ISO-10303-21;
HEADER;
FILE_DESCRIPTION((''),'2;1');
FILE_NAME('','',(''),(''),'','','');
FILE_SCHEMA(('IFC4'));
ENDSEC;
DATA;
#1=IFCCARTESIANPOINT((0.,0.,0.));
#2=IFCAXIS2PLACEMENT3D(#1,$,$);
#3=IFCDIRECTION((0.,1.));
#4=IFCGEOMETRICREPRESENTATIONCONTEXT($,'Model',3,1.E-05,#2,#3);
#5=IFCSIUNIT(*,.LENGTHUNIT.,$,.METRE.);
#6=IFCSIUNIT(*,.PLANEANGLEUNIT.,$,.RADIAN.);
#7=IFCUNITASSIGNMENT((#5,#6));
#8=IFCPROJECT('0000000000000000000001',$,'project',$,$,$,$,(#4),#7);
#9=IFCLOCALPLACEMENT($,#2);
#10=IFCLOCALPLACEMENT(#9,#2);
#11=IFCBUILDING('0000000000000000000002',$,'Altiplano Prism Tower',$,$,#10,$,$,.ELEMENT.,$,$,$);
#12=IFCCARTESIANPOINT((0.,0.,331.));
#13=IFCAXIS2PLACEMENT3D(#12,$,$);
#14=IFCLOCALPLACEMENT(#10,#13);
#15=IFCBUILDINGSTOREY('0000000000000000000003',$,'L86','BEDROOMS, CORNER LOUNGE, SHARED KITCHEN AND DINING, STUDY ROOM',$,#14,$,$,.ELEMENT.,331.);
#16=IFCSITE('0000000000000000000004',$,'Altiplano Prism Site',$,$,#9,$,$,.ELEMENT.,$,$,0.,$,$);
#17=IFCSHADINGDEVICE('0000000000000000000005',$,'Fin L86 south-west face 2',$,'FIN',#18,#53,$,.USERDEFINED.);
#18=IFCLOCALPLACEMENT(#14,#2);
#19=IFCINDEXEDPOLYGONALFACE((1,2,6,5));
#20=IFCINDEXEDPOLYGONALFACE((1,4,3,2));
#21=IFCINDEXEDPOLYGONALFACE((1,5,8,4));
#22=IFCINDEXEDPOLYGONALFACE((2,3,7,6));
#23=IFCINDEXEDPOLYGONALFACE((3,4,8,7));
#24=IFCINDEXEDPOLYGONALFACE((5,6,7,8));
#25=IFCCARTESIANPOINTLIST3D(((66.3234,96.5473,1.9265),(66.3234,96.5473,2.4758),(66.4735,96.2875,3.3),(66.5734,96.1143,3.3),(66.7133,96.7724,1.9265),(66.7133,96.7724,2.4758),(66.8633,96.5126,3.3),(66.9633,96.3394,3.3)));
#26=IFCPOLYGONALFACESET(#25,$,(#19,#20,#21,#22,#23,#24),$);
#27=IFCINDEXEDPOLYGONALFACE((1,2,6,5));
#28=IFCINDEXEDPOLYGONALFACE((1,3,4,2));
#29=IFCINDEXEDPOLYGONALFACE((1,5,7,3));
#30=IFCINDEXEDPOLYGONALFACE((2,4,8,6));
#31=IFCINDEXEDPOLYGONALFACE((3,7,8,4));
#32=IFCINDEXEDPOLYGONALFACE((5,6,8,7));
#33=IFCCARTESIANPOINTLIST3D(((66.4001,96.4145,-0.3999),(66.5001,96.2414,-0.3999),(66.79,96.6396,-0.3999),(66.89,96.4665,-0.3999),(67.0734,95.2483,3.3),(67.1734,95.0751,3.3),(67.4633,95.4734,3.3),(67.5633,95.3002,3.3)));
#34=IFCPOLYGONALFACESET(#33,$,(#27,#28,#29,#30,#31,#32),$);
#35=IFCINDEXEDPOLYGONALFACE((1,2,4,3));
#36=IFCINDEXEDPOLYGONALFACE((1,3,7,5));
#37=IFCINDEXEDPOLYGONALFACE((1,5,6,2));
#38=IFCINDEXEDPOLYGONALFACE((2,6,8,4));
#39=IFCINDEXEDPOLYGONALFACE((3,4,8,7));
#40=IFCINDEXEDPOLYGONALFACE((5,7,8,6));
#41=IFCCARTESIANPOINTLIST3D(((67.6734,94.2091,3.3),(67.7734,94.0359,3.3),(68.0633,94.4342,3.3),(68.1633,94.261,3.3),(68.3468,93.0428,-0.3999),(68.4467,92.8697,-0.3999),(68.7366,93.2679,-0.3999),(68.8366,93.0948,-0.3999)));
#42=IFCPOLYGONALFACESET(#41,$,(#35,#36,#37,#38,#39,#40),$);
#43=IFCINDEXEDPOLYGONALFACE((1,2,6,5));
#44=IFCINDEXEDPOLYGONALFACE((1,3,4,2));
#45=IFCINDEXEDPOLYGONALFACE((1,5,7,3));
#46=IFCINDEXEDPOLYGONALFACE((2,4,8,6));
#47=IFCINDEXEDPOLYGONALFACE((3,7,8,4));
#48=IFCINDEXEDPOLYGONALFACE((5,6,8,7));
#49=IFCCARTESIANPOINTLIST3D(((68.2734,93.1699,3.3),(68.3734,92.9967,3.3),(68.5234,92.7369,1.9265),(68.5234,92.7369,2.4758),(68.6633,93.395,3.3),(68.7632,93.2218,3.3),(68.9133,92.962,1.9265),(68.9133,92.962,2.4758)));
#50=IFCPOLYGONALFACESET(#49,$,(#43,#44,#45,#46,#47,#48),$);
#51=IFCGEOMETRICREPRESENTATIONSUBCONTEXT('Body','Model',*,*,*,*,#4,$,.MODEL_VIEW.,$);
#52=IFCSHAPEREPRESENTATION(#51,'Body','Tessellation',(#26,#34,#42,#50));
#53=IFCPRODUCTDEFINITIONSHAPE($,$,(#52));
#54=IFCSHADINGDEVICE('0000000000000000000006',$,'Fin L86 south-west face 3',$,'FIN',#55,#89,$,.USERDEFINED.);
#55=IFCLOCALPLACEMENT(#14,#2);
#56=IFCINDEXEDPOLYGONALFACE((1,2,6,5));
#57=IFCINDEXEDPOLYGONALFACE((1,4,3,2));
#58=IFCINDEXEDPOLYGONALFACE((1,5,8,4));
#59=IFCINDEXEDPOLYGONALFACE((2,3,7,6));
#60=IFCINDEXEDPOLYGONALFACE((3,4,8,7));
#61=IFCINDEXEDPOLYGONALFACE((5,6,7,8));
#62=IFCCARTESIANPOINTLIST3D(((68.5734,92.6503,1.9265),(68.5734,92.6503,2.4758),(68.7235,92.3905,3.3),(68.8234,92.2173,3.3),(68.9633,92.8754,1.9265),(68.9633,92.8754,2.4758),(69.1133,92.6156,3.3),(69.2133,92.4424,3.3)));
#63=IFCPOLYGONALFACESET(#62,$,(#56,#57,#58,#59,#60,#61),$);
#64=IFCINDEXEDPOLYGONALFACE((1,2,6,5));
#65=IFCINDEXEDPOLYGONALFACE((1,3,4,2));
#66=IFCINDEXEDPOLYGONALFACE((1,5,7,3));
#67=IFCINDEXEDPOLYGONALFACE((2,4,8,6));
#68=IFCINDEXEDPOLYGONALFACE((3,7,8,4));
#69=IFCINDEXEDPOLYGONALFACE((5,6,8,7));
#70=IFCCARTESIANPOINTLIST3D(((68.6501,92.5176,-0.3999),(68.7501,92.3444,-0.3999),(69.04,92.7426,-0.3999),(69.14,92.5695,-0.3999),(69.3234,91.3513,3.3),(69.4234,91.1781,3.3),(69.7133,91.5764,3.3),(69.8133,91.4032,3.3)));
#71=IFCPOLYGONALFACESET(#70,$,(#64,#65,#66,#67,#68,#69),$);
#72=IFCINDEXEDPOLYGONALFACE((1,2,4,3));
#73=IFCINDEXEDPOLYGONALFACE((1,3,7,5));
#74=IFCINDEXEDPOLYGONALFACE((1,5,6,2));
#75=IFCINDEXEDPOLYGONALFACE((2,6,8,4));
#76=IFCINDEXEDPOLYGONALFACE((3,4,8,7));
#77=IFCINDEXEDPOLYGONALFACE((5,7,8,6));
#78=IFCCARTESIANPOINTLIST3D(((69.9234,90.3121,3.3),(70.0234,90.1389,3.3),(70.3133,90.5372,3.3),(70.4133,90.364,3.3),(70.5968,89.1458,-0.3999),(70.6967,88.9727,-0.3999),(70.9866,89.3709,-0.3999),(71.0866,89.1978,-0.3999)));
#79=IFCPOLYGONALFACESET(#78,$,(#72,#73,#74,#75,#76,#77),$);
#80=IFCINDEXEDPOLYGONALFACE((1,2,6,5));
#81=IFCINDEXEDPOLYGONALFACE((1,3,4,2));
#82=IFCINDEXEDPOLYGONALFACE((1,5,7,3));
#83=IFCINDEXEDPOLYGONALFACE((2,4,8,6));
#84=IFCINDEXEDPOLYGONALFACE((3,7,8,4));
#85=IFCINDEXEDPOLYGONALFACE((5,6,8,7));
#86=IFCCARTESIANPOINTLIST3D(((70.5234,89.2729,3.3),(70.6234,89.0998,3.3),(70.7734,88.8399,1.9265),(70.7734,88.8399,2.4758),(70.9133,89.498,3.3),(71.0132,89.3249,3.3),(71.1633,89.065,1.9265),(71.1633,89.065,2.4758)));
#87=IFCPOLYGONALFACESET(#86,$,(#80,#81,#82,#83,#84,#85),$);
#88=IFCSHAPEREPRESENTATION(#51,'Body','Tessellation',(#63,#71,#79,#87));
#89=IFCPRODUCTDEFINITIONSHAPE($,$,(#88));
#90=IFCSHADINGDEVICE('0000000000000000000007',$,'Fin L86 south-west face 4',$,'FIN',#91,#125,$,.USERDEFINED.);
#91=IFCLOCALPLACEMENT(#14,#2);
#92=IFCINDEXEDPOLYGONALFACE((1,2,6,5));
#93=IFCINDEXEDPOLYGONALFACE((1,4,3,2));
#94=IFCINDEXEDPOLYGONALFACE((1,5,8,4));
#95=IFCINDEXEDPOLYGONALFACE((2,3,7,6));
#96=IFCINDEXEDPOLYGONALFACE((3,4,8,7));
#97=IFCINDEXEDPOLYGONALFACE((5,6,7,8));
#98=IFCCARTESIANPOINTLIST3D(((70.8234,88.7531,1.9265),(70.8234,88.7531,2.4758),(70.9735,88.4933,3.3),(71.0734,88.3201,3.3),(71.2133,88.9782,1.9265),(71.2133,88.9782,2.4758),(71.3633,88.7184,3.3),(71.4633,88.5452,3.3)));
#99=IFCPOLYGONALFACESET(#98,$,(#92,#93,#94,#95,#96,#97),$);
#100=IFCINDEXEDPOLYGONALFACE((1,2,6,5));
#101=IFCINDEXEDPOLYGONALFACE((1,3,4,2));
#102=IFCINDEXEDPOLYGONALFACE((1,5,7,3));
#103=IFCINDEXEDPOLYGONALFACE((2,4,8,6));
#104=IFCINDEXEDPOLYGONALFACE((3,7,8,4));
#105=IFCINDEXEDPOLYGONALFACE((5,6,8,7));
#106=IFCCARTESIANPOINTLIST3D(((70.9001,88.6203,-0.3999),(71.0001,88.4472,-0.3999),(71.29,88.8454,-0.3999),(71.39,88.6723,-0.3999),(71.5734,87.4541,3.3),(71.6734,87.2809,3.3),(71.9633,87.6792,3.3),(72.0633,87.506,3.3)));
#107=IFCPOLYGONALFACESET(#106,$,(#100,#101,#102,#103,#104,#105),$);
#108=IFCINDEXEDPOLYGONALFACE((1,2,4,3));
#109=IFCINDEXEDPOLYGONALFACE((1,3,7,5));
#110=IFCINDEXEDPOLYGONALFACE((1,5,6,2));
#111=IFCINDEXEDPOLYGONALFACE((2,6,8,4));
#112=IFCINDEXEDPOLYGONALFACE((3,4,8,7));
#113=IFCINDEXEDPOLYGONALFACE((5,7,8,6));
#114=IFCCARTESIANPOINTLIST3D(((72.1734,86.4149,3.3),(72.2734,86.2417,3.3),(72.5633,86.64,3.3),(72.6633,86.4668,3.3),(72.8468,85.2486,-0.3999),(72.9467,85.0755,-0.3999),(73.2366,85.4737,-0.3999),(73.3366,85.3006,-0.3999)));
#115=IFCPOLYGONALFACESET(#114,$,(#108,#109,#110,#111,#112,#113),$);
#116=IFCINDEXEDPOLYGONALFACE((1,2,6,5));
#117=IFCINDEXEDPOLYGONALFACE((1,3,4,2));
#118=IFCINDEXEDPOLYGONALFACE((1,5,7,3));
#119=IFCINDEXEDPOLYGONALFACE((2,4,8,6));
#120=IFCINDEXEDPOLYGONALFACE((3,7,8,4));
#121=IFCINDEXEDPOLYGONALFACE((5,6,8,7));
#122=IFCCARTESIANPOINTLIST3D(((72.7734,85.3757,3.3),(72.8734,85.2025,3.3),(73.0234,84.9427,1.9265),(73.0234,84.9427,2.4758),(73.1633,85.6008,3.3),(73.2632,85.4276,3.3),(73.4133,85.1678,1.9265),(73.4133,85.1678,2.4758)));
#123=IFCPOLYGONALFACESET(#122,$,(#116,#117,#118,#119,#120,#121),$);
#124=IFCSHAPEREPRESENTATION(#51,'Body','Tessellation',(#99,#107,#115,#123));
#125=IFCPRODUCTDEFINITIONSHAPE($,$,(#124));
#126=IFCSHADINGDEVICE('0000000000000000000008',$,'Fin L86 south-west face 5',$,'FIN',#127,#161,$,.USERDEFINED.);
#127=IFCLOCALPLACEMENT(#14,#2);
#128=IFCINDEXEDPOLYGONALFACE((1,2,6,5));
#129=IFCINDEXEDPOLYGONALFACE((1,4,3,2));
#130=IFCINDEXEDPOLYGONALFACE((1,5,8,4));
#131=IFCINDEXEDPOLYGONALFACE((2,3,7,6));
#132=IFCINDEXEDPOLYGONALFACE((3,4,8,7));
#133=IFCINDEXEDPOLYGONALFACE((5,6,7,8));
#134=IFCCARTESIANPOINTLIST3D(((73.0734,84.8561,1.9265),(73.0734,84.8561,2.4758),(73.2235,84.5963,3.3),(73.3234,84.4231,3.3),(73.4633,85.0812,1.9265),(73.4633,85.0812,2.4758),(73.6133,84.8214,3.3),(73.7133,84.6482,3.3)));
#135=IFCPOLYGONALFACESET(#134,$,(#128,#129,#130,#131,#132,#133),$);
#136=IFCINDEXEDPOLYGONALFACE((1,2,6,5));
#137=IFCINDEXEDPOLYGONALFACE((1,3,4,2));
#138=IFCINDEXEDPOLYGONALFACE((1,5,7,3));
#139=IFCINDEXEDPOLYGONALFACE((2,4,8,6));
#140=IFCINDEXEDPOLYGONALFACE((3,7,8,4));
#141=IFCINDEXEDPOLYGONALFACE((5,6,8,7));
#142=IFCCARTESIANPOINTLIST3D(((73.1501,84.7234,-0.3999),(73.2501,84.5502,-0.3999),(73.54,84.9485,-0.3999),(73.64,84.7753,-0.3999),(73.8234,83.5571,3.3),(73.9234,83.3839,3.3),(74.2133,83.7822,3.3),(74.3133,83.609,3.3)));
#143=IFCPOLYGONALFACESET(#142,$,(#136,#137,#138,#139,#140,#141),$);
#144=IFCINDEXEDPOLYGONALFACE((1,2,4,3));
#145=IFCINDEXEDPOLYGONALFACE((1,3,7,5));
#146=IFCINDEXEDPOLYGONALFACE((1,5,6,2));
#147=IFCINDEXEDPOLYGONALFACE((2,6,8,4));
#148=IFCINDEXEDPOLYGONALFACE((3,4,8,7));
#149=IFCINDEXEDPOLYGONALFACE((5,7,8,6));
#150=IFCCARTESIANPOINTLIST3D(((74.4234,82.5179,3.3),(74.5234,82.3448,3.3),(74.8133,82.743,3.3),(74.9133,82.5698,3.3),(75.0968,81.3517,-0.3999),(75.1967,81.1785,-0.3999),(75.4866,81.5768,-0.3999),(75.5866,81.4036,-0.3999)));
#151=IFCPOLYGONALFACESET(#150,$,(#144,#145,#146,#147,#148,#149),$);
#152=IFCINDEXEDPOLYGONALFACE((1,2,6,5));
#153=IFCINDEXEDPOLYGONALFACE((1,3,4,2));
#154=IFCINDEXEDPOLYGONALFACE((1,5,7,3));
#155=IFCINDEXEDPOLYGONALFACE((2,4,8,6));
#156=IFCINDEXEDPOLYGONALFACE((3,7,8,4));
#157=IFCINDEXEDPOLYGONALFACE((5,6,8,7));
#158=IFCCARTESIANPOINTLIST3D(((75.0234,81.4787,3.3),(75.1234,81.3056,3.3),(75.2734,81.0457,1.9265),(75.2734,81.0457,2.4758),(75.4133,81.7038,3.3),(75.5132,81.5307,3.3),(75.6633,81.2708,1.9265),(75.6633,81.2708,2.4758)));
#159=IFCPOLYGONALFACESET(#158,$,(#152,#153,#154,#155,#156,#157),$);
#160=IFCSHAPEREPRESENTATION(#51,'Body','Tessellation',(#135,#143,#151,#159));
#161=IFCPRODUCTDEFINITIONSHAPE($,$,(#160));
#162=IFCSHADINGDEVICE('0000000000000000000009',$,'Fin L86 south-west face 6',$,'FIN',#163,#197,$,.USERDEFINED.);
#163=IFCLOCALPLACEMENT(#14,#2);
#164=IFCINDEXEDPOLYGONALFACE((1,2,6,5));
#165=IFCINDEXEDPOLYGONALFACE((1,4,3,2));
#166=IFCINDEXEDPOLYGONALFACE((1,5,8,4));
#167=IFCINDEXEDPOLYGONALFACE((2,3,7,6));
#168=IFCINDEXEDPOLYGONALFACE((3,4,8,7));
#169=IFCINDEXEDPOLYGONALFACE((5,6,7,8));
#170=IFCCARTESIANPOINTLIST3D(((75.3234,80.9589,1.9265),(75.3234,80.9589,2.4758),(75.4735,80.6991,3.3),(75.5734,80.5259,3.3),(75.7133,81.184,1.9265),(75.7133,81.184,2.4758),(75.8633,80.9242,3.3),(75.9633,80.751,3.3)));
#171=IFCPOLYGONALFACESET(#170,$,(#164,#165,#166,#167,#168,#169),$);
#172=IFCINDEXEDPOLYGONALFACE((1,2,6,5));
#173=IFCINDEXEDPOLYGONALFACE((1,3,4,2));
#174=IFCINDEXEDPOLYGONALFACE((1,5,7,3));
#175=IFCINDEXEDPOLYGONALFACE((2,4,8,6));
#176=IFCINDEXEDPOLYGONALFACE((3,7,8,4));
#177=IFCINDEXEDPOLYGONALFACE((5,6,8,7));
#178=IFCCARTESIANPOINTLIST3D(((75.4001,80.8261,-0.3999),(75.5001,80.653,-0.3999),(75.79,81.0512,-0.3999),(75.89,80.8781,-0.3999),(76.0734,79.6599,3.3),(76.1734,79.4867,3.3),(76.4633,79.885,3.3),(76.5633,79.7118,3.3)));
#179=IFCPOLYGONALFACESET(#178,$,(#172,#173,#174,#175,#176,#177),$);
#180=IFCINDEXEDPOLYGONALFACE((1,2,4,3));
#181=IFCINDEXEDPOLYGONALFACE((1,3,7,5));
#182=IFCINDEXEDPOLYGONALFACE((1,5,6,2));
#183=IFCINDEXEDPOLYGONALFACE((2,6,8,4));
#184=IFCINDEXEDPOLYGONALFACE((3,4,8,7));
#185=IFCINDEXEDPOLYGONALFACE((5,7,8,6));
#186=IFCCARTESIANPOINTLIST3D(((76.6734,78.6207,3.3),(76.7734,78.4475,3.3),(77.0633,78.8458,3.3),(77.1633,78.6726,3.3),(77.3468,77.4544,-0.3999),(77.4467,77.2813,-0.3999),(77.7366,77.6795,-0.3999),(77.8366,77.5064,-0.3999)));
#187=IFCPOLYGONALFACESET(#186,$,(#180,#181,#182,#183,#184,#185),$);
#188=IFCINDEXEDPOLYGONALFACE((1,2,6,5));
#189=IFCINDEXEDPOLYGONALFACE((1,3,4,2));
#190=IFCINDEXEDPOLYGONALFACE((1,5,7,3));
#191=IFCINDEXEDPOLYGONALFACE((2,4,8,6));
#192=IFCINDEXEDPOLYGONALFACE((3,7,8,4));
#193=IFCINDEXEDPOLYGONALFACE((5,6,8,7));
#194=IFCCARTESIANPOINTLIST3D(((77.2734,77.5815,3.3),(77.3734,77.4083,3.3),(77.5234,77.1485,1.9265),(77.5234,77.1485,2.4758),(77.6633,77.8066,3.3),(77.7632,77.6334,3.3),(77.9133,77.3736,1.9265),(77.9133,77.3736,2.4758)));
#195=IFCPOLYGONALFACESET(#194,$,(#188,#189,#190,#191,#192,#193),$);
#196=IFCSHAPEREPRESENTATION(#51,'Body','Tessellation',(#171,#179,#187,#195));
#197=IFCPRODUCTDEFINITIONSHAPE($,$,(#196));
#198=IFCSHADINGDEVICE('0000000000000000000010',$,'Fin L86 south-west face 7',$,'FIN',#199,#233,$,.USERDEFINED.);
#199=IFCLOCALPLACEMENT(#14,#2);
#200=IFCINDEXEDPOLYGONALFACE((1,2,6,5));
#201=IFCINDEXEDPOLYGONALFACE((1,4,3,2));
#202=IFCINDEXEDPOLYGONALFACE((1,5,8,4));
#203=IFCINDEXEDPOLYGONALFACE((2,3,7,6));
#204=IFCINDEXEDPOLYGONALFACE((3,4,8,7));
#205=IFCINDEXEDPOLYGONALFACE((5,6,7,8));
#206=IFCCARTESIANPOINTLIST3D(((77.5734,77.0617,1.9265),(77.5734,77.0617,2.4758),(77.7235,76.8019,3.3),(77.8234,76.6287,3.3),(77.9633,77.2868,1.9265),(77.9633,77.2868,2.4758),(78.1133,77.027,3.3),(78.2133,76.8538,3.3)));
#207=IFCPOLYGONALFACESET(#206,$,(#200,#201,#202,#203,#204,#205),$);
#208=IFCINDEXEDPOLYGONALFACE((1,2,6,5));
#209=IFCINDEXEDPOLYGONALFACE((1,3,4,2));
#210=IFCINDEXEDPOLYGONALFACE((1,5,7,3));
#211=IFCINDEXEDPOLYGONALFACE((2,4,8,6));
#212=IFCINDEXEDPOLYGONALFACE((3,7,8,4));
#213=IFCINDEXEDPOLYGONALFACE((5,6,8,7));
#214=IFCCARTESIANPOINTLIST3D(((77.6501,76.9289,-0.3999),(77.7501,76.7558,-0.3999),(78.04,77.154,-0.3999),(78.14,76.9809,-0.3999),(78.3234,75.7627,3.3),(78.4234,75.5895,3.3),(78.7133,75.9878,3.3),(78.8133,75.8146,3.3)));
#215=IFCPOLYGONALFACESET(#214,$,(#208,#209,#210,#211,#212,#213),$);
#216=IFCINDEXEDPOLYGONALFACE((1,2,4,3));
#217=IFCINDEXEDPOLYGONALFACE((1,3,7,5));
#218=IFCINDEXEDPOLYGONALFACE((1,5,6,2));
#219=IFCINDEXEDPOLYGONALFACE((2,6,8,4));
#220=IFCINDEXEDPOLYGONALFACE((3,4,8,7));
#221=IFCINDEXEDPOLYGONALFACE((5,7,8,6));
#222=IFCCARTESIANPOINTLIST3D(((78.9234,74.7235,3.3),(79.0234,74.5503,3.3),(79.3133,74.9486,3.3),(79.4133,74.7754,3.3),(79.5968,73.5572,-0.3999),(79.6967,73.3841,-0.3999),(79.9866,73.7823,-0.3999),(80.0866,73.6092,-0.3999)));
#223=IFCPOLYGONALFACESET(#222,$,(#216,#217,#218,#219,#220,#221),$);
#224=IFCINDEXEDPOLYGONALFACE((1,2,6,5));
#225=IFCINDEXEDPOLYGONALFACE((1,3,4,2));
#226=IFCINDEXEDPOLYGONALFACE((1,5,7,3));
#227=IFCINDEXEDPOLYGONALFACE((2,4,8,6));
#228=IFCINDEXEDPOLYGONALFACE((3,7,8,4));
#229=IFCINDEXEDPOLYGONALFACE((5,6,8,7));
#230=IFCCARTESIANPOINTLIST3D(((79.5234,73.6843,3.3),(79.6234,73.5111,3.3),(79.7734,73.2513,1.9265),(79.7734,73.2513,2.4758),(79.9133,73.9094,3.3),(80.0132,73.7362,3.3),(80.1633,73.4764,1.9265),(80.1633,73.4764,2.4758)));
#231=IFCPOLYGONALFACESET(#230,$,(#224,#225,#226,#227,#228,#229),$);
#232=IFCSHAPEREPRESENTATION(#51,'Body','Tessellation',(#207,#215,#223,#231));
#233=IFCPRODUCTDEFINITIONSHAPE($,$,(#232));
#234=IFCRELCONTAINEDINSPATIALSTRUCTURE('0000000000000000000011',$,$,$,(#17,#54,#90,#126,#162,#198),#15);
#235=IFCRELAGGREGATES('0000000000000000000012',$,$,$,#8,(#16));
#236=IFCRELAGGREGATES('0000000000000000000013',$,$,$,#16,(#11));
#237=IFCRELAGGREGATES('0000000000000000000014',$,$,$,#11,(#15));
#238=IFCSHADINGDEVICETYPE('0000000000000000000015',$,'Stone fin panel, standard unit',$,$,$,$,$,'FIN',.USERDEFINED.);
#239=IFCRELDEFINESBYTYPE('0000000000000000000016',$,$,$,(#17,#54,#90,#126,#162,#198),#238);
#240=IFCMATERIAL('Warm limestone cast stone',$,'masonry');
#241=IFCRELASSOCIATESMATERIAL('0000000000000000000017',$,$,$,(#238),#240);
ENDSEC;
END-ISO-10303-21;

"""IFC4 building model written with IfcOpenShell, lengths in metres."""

from ifc_helpers import new_model, si_unit, direction, frame, origin, place, context, subcontext, project, spatial, polyline, outline, extrude, source, transform, mapped, material, type_object, element, save


model = new_model("IFC4")

# Units and contexts
model_context = context("Model", 3, precision=1e-05, world=origin(), true_north=direction((0.0, 1.0)))
body_context = subcontext(model_context, "Body", "Model", "MODEL_VIEW")
ifc_project = project(units=[si_unit("LENGTHUNIT", "METRE"), si_unit("PLANEANGLEUNIT", "RADIAN")], contexts=[model_context])

# Site, building, storey
site_placement = place(None, origin())
site = spatial("IfcSite", under=ifc_project, at=site_placement, Name="Altiplano Prism Site", CompositionType="ELEMENT", RefElevation=0.0)
building_placement = place(site_placement, origin())
building = spatial("IfcBuilding", under=site, at=building_placement, Name="Altiplano Prism Tower", CompositionType="ELEMENT")
storey_placement = place(building_placement, frame((0.0, 0.0, 331.0)))
storey = spatial("IfcBuildingStorey", under=building, at=storey_placement, Name="L86", Description="BEDROOMS, CORNER LOUNGE, SHARED KITCHEN AND DINING, STUDY ROOM", CompositionType="ELEMENT", Elevation=331.0)

# Shading devices
ifc_material_1 = material(Name="Warm limestone cast stone", Category="masonry")
shading_device_type_1 = type_object("IfcShadingDeviceType", Name="Stone fin panel, standard unit", ElementType="FIN", PredefinedType="USERDEFINED", material=ifc_material_1)
shared_shape_1 = source(origin(), body_context, "Body", "SweptSolid", [
    extrude(outline(polyline([(-2.2, 2.3264), (-1.7, 3.7), (-1.8999, 3.7), (-2.2, 2.8757), (-2.2, 2.3264)])), frame((0.0, -0.1499, 0.0), z_axis=(0.0, -1.0, 0.0), x_axis=(1.0, 0.0, 0.0)), (0.0, 0.0, 1.0), 0.4502),
    extrude(outline(polyline([(-2.0466, 0.0), (-1.8467, 0.0), (-0.5, 3.7), (-0.7, 3.7), (-2.0466, 0.0)])), frame((0.0, -0.1499, 0.0), z_axis=(0.0, -1.0, 0.0), x_axis=(1.0, 0.0, 0.0)), (0.0, 0.0, 1.0), 0.4502),
    extrude(outline(polyline([(1.8467, 0.0), (2.0466, 0.0), (0.7, 3.7), (0.5, 3.7), (1.8467, 0.0)])), frame((0.0, -0.1499, 0.0), z_axis=(0.0, -1.0, 0.0), x_axis=(1.0, 0.0, 0.0)), (0.0, 0.0, 1.0), 0.4502),
    extrude(outline(polyline([(2.2, 2.8757), (1.8999, 3.7), (1.7, 3.7), (2.2, 2.3264), (2.2, 2.8757)])), frame((0.0, -0.1499, 0.0), z_axis=(0.0, -1.0, 0.0), x_axis=(1.0, 0.0, 0.0)), (0.0, 0.0, 1.0), 0.4502),
])
shading_device_1_placement = place(storey_placement, origin())
element("IfcShadingDevice", 1, at=shading_device_1_placement, inside=storey, type_object=shading_device_type_1, Name="Fin L86 south-west face 2", ObjectType="FIN", PredefinedType="USERDEFINED", context=body_context, shape_type="MappedRepresentation", body=[
    mapped(shared_shape_1, transform((67.9431, 94.9421, -0.3999), x_axis=(0.5, -0.866025, 0.0), y_axis=(0.866025, 0.5, 0.0), z_axis=(0.0, 0.0, 1.0))),
])
shading_device_2_placement = place(storey_placement, origin())
element("IfcShadingDevice", 2, at=shading_device_2_placement, inside=storey, type_object=shading_device_type_1, Name="Fin L86 south-west face 3", ObjectType="FIN", PredefinedType="USERDEFINED", context=body_context, shape_type="MappedRepresentation", body=[
    mapped(shared_shape_1, transform((70.1931, 91.0452, -0.3999), x_axis=(0.5, -0.866025, 0.0), y_axis=(0.866025, 0.5, 0.0), z_axis=(0.0, 0.0, 1.0))),
])
shading_device_3_placement = place(storey_placement, origin())
element("IfcShadingDevice", 3, at=shading_device_3_placement, inside=storey, type_object=shading_device_type_1, Name="Fin L86 south-west face 4", ObjectType="FIN", PredefinedType="USERDEFINED", context=body_context, shape_type="MappedRepresentation", body=[
    mapped(shared_shape_1, transform((72.4431, 87.1479, -0.3999), x_axis=(0.5, -0.866025, 0.0), y_axis=(0.866025, 0.5, 0.0), z_axis=(0.0, 0.0, 1.0))),
])
shading_device_4_placement = place(storey_placement, origin())
element("IfcShadingDevice", 4, at=shading_device_4_placement, inside=storey, type_object=shading_device_type_1, Name="Fin L86 south-west face 5", ObjectType="FIN", PredefinedType="USERDEFINED", context=body_context, shape_type="MappedRepresentation", body=[
    mapped(shared_shape_1, transform((74.6931, 83.251, -0.3999), x_axis=(0.5, -0.866025, 0.0), y_axis=(0.866025, 0.5, 0.0), z_axis=(0.0, 0.0, 1.0))),
])
shading_device_5_placement = place(storey_placement, origin())
element("IfcShadingDevice", 5, at=shading_device_5_placement, inside=storey, type_object=shading_device_type_1, Name="Fin L86 south-west face 6", ObjectType="FIN", PredefinedType="USERDEFINED", context=body_context, shape_type="MappedRepresentation", body=[
    mapped(shared_shape_1, transform((76.9431, 79.3538, -0.3999), x_axis=(0.5, -0.866025, 0.0), y_axis=(0.866025, 0.5, 0.0), z_axis=(0.0, 0.0, 1.0))),
])
shading_device_6_placement = place(storey_placement, origin())
element("IfcShadingDevice", 6, at=shading_device_6_placement, inside=storey, type_object=shading_device_type_1, Name="Fin L86 south-west face 7", ObjectType="FIN", PredefinedType="USERDEFINED", context=body_context, shape_type="MappedRepresentation", body=[
    mapped(shared_shape_1, transform((79.1931, 75.4565, -0.3999), x_axis=(0.5, -0.866025, 0.0), y_axis=(0.866025, 0.5, 0.0), z_axis=(0.0, 0.0, 1.0))),
])

save(model, "model.ifc")
